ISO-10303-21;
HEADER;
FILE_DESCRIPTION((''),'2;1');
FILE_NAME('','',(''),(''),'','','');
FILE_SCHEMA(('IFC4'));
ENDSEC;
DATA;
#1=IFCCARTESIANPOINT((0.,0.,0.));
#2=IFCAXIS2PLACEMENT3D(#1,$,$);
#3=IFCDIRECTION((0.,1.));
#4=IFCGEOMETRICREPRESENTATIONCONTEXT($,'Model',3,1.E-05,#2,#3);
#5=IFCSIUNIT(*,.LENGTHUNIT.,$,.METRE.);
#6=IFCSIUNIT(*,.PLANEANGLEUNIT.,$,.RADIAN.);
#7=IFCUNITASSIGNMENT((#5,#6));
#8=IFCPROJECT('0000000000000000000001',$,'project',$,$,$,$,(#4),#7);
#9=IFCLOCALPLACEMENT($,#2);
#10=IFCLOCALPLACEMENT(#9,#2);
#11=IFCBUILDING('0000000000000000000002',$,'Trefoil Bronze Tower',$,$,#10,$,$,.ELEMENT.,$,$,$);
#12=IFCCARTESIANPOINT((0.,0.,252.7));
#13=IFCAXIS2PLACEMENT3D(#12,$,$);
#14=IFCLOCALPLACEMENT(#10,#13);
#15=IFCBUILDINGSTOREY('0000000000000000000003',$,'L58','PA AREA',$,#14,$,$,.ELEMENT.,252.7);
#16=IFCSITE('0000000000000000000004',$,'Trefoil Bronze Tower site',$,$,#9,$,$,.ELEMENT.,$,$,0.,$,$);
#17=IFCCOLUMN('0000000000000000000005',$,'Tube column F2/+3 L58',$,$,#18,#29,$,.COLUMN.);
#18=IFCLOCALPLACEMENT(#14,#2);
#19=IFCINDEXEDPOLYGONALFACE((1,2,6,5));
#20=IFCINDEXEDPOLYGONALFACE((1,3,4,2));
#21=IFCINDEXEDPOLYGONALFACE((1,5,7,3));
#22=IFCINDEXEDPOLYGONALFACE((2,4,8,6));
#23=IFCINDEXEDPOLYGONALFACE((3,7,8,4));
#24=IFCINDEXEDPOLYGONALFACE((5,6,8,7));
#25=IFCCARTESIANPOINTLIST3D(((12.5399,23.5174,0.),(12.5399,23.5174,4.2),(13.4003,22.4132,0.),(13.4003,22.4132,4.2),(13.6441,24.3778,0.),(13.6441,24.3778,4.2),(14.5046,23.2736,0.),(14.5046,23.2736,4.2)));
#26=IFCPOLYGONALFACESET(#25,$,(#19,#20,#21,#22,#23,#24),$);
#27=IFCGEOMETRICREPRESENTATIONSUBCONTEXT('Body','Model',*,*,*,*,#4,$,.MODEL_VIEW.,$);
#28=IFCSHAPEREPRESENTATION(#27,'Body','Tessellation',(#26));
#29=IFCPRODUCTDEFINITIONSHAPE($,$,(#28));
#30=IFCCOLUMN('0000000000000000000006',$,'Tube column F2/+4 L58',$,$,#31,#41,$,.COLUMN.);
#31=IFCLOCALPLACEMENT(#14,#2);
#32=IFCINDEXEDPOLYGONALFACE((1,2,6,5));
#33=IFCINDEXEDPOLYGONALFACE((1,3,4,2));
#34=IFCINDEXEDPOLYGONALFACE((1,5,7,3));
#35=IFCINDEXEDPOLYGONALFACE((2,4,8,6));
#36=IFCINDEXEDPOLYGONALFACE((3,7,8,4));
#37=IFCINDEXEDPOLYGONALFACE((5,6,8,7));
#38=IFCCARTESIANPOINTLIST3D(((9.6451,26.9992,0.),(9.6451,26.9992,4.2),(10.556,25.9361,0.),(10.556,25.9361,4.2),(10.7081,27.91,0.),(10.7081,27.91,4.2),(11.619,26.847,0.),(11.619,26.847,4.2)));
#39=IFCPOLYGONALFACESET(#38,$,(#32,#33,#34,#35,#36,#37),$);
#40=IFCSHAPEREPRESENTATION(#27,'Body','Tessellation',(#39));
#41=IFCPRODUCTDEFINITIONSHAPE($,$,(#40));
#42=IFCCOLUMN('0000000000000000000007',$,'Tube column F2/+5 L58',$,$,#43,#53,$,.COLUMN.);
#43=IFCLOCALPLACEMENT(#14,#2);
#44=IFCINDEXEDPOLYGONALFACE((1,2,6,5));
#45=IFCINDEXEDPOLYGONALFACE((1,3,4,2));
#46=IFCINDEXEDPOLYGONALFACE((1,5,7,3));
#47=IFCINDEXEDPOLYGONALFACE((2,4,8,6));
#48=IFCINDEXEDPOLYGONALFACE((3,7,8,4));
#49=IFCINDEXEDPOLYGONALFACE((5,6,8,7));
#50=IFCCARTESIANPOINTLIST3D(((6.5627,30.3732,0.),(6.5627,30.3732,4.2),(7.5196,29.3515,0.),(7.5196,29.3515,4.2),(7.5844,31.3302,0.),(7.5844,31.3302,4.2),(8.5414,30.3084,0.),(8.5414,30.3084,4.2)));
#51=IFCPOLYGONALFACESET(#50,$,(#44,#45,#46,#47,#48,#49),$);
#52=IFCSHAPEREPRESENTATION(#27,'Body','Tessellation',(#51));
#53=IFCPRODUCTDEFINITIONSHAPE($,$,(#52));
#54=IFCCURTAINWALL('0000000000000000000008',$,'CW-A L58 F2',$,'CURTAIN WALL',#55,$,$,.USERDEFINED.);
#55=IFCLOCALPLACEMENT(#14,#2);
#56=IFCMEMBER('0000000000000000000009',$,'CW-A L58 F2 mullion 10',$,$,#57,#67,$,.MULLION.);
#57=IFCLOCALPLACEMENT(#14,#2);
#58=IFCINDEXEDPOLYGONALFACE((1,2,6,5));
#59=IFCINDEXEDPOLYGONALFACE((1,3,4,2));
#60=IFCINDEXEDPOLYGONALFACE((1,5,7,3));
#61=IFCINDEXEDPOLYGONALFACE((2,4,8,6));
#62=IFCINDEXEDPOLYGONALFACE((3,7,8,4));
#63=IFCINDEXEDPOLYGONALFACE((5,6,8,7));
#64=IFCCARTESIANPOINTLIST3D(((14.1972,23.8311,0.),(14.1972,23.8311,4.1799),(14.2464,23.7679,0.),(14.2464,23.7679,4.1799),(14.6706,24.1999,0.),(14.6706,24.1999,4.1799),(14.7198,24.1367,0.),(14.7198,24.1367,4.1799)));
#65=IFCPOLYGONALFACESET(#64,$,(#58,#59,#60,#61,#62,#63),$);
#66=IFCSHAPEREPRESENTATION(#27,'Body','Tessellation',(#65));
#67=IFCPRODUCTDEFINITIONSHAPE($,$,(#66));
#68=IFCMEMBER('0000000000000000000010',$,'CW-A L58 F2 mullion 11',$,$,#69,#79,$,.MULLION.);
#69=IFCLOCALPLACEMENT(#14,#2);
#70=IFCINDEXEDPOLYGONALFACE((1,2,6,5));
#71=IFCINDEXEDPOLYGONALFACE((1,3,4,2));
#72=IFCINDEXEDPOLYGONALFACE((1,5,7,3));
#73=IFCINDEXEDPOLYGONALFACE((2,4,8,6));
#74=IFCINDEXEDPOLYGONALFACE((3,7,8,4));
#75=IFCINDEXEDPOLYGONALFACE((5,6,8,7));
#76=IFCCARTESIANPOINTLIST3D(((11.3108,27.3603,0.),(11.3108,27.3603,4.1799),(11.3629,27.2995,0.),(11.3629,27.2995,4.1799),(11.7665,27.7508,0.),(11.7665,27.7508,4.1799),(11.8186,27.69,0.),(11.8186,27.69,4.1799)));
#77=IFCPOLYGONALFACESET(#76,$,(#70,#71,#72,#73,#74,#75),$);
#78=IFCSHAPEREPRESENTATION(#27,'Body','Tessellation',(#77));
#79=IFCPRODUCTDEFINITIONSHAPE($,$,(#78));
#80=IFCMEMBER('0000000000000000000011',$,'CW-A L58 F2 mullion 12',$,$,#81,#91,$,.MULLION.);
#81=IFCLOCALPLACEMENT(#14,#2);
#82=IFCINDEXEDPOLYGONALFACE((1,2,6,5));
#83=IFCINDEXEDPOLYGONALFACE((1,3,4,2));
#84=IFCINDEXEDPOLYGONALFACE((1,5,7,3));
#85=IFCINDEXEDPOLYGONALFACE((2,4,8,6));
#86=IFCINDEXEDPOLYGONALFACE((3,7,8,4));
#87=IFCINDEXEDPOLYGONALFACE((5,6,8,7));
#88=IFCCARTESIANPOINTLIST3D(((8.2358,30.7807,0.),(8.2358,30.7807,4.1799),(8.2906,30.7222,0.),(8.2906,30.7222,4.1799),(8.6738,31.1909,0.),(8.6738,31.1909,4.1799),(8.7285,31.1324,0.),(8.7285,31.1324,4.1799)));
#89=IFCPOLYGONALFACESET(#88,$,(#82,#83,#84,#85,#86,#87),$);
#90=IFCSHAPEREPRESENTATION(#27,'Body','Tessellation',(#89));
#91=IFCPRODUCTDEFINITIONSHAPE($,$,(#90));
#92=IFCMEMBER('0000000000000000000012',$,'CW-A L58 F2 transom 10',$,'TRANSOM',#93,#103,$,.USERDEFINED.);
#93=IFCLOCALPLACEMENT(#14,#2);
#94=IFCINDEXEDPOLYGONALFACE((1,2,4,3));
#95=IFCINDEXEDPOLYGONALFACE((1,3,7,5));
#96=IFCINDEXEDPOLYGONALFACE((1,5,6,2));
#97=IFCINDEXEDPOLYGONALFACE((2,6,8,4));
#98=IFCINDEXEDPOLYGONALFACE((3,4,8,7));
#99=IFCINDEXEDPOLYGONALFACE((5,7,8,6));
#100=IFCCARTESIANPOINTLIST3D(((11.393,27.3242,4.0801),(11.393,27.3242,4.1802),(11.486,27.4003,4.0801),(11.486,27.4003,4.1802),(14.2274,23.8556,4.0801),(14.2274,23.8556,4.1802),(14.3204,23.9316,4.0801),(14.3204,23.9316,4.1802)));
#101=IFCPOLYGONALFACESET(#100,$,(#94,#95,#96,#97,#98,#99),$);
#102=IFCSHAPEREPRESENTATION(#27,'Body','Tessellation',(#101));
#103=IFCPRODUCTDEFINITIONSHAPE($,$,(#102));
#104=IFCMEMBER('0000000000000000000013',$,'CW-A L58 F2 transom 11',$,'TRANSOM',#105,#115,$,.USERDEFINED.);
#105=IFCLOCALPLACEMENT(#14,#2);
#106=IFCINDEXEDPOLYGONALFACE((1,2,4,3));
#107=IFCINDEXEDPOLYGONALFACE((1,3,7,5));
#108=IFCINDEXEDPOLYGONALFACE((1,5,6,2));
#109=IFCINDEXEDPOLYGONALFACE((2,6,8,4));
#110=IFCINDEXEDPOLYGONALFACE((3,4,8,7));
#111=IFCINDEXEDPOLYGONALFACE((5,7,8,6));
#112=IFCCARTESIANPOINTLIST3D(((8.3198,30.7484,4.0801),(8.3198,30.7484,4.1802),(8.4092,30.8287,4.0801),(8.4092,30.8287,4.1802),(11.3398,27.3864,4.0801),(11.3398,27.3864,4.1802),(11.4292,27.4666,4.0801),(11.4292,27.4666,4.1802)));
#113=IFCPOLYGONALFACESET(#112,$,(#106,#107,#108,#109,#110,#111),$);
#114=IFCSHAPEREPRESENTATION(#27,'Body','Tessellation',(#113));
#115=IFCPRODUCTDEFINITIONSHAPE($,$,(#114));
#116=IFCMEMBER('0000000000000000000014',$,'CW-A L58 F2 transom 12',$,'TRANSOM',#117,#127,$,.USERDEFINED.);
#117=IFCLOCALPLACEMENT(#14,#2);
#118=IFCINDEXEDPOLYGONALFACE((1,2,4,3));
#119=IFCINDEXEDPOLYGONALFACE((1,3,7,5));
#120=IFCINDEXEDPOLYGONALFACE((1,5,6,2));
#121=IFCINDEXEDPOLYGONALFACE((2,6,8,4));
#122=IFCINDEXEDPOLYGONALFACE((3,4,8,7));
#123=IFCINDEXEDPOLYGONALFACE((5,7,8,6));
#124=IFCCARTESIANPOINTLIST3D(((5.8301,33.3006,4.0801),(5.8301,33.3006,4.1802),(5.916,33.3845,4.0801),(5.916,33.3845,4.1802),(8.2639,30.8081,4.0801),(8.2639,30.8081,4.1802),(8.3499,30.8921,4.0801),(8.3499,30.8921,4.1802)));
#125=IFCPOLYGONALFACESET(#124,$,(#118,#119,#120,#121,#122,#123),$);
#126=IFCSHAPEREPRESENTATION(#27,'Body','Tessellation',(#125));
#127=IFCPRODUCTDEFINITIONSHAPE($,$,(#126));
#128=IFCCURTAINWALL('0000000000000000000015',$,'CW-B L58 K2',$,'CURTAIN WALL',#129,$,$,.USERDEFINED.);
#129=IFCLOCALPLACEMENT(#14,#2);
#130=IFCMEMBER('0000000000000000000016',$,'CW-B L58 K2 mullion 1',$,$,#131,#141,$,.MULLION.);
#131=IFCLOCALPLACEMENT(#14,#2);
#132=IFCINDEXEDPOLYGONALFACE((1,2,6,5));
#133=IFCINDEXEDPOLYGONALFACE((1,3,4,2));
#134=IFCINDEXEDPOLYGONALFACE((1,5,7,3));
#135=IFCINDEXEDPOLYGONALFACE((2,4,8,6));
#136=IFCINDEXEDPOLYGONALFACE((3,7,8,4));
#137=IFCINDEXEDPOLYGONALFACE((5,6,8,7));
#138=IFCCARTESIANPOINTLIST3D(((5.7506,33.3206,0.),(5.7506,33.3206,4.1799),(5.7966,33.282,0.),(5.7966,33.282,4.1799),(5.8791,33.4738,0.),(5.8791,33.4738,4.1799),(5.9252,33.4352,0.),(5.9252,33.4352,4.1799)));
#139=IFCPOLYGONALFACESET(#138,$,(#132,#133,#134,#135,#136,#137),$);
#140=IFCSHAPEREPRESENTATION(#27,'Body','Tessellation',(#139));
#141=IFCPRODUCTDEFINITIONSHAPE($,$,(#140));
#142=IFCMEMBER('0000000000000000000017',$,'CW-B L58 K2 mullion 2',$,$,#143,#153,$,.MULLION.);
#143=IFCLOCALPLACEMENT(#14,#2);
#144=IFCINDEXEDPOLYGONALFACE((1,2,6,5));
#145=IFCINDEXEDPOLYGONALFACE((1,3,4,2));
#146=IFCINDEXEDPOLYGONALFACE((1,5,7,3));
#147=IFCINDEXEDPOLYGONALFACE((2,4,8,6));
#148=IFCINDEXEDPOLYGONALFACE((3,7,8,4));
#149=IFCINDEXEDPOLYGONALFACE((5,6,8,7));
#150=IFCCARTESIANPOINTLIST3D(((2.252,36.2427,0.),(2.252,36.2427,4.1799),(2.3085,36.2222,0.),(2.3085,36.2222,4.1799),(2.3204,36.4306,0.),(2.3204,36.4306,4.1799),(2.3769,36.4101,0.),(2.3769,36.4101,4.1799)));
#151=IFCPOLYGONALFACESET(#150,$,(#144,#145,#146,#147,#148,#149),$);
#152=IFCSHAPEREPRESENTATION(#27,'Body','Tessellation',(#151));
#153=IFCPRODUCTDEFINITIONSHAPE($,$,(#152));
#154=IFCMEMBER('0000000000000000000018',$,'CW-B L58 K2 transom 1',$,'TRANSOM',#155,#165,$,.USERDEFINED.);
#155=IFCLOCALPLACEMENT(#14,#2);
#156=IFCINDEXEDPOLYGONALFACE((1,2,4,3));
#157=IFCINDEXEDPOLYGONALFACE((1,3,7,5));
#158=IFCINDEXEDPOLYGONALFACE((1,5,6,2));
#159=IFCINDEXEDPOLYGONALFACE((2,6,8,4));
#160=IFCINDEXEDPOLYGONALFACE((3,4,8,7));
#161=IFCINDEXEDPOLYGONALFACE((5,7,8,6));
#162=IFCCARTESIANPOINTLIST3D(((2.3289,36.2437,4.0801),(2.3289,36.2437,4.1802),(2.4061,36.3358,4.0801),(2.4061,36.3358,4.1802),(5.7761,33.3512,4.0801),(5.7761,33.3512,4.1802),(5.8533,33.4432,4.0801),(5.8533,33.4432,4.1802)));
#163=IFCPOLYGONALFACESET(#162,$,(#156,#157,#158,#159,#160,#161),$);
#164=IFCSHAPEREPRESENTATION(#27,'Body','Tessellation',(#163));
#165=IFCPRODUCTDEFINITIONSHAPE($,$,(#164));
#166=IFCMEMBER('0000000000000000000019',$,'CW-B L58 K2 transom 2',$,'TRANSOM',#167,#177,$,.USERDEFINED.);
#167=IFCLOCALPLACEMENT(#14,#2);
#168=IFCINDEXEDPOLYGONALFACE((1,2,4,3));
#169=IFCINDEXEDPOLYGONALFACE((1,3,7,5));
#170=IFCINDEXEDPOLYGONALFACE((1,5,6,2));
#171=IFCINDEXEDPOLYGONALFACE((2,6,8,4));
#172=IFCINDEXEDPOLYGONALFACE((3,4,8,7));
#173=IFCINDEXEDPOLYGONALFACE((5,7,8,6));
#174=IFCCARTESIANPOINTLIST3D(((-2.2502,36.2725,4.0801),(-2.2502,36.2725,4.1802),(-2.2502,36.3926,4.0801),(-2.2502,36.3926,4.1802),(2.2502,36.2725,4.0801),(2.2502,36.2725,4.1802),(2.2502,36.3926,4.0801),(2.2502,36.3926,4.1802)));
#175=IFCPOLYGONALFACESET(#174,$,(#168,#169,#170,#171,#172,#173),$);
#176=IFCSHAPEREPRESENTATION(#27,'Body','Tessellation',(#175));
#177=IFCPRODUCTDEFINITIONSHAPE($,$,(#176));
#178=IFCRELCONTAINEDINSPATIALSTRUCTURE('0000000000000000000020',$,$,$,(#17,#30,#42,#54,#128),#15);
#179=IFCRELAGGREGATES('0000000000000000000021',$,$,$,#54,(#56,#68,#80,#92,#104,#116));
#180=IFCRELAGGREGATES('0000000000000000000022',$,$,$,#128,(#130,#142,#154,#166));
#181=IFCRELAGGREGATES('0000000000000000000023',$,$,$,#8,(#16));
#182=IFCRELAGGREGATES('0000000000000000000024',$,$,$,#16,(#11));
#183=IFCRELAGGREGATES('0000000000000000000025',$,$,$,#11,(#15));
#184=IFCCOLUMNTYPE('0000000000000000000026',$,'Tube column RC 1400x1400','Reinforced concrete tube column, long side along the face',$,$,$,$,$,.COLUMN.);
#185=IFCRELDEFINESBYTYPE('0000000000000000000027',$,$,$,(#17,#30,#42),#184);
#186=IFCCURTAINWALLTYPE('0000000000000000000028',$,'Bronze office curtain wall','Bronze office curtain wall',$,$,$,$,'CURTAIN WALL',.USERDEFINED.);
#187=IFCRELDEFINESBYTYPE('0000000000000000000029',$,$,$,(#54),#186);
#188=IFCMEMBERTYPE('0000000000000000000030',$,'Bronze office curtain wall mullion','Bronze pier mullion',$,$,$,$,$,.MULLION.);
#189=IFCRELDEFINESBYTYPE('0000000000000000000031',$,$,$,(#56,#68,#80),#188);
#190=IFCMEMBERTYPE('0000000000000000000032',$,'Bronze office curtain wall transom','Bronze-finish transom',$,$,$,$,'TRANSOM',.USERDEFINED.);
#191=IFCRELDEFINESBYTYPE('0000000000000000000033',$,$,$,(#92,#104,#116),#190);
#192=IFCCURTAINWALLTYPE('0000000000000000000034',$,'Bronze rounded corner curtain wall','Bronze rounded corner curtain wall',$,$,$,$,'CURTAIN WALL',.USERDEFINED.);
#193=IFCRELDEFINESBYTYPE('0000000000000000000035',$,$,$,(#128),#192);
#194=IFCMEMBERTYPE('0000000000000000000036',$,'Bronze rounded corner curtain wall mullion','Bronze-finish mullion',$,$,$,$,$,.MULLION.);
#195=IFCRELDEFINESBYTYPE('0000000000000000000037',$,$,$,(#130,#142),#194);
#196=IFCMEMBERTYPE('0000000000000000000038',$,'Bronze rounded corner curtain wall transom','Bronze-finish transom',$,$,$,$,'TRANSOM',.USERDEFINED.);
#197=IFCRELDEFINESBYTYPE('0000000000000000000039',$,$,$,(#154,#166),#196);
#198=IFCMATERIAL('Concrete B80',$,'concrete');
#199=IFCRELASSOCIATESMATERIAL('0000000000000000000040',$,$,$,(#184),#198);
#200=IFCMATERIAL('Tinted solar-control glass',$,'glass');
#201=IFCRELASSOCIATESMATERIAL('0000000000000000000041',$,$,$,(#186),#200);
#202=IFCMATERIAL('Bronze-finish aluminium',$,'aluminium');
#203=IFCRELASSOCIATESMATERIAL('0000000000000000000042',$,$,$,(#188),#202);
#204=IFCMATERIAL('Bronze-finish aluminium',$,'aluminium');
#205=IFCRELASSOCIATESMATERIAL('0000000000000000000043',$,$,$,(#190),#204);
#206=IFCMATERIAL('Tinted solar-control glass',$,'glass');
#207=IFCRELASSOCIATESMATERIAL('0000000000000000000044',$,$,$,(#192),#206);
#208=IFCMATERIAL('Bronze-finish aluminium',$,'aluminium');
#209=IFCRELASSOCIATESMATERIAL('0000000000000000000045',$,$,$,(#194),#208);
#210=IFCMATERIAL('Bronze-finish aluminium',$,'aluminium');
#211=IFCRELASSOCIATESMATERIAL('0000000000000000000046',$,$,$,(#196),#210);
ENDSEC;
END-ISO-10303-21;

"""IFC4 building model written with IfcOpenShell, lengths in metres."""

from ifc_helpers import new_model, si_unit, direction, frame, origin, origin_2d, place, context, subcontext, project, spatial, rectangle, extrude, material, material_profile, profile_set, type_object, element, aggregate, save


model = new_model("IFC4")

# Units and contexts
model_context = context("Model", 3, precision=1e-05, world=origin(), true_north=direction((0.0, 1.0)))
body_context = subcontext(model_context, "Body", "Model", "MODEL_VIEW")
ifc_project = project(units=[si_unit("LENGTHUNIT", "METRE"), si_unit("PLANEANGLEUNIT", "RADIAN")], contexts=[model_context])

# Site, building, storey
site_placement = place(None, origin())
site = spatial("IfcSite", under=ifc_project, at=site_placement, Name="Trefoil Bronze Tower site", CompositionType="ELEMENT", RefElevation=0.0)
building_placement = place(site_placement, origin())
building = spatial("IfcBuilding", under=site, at=building_placement, Name="Trefoil Bronze Tower", CompositionType="ELEMENT")
storey_placement = place(building_placement, frame((0.0, 0.0, 252.7)))
storey = spatial("IfcBuildingStorey", under=building, at=storey_placement, Name="L58", Description="PA AREA", CompositionType="ELEMENT", Elevation=252.7)

# Columns
ifc_material_1 = material(Name="Concrete B80", Category="concrete")
ifc_material_profile_1 = material_profile(ifc_material_1, rectangle(XDim=1.3999, YDim=1.3999, at=origin_2d()), Name="RC 1400x1400")
ifc_profile_set_1 = profile_set([ifc_material_profile_1], Name="Concrete B80")
column_type = type_object("IfcColumnType", Name="Tube column RC 1400x1400", Description="Reinforced concrete tube column, long side along the face", PredefinedType="COLUMN", material=ifc_profile_set_1)
for number, where, z_axis, x_axis, name in (
    (1, (13.5222, 23.3955, 0.0), (0.0, 0.0, 1.0), (-0.614622, 0.788821, 0.0), "Tube column F2/+3 L58"),
    (2, (10.6321, 26.9231, 0.0), (0.0, 0.0, 1.0), (-0.650677, 0.759355, 0.0), "Tube column F2/+4 L58"),
    (3, (7.552, 30.3408, 0.0), (0.0, 0.0, 1.0), (-0.683597, 0.72986, 0.0), "Tube column F2/+5 L58"),
):
    element("IfcColumn", number, at=place(storey_placement, frame(where, z_axis=z_axis, x_axis=x_axis)), inside=storey, type_object=column_type, Name=name, PredefinedType="COLUMN", context=body_context, shape_type="SweptSolid", body=[
        extrude(rectangle(XDim=1.3999, YDim=1.3999, at=origin_2d()), origin(), (0.0, 0.0, 1.0), 4.2),
    ])

# Curtain walls, members
ifc_material_2 = material(Name="Tinted solar-control glass", Category="glass")
curtain_wall_type_1 = type_object("IfcCurtainWallType", Name="Bronze office curtain wall", Description="Bronze office curtain wall", ElementType="CURTAIN WALL", PredefinedType="USERDEFINED", material=ifc_material_2)
curtain_wall_1_placement = place(storey_placement, origin())
curtain_wall_1 = element("IfcCurtainWall", 4, at=curtain_wall_1_placement, inside=storey, type_object=curtain_wall_type_1, Name="CW-A L58 F2", ObjectType="CURTAIN WALL", PredefinedType="USERDEFINED")
ifc_material_3 = material(Name="Bronze-finish aluminium", Category="aluminium")
ifc_material_profile_2 = material_profile(ifc_material_3, rectangle(XDim=0.6001, YDim=0.0801, at=origin_2d()), Name="CW-A mullion")
ifc_profile_set_2 = profile_set([ifc_material_profile_2], Name="Bronze-finish aluminium")
member_type_1 = type_object("IfcMemberType", Name="Bronze office curtain wall mullion", Description="Bronze pier mullion", PredefinedType="MULLION", material=ifc_profile_set_2)
member_1_placement = place(storey_placement, frame((14.4585, 23.9839, 0.0), z_axis=(0.0, 0.0, 1.0), x_axis=(-0.788821, -0.614622, 0.0)))
member_1 = element("IfcMember", 5, at=member_1_placement, type_object=member_type_1, Name="CW-A L58 F2 mullion 10", PredefinedType="MULLION", context=body_context, shape_type="SweptSolid", body=[
    extrude(rectangle(XDim=0.6001, YDim=0.0801, at=origin_2d()), origin(), (0.0, 0.0, 1.0), 4.1799),
])
member_2_placement = place(storey_placement, frame((11.5647, 27.5251, 0.0), z_axis=(0.0, 0.0, 1.0), x_axis=(-0.759355, -0.650677, 0.0)))
member_2 = element("IfcMember", 6, at=member_2_placement, type_object=member_type_1, Name="CW-A L58 F2 mullion 11", PredefinedType="MULLION", context=body_context, shape_type="SweptSolid", body=[
    extrude(rectangle(XDim=0.6001, YDim=0.0801, at=origin_2d()), origin(), (0.0, 0.0, 1.0), 4.1799),
])
member_3_placement = place(storey_placement, frame((8.4822, 30.9565, 0.0), z_axis=(0.0, 0.0, 1.0), x_axis=(-0.72986, -0.683597, 0.0)))
member_3 = element("IfcMember", 7, at=member_3_placement, type_object=member_type_1, Name="CW-A L58 F2 mullion 12", PredefinedType="MULLION", context=body_context, shape_type="SweptSolid", body=[
    extrude(rectangle(XDim=0.6001, YDim=0.0801, at=origin_2d()), origin(), (0.0, 0.0, 1.0), 4.1799),
])
ifc_material_4 = material(Name="Bronze-finish aluminium", Category="aluminium")
ifc_material_profile_3 = material_profile(ifc_material_4, rectangle(XDim=0.1201, YDim=0.1001, at=origin_2d()), Name="CW-A transom")
ifc_profile_set_3 = profile_set([ifc_material_profile_3], Name="Bronze-finish aluminium")
member_type_2 = type_object("IfcMemberType", Name="Bronze office curtain wall transom", Description="Bronze-finish transom", ElementType="TRANSOM", PredefinedType="USERDEFINED", material=ifc_profile_set_3)
member_4_placement = place(storey_placement, frame((14.2739, 23.8936, 4.1301), z_axis=(-0.632757, 0.774351, 0.0), x_axis=(-0.774351, -0.632757, 0.0)))
member_4 = element("IfcMember", 8, at=member_4_placement, type_object=member_type_2, Name="CW-A L58 F2 transom 10", ObjectType="TRANSOM", PredefinedType="USERDEFINED", context=body_context, shape_type="SweptSolid", body=[
    extrude(rectangle(XDim=0.1201, YDim=0.1001, at=origin_2d()), origin(), (0.0, 0.0, 1.0), 4.4795),
])
member_5_placement = place(storey_placement, frame((11.3845, 27.4265, 4.1301), z_axis=(-0.668251, 0.743936, 0.0), x_axis=(-0.743936, -0.668251, 0.0)))
member_5 = element("IfcMember", 9, at=member_5_placement, type_object=member_type_2, Name="CW-A L58 F2 transom 11", ObjectType="TRANSOM", PredefinedType="USERDEFINED", context=body_context, shape_type="SweptSolid", body=[
    extrude(rectangle(XDim=0.1201, YDim=0.1001, at=origin_2d()), origin(), (0.0, 0.0, 1.0), 4.5193),
])
member_6_placement = place(storey_placement, frame((8.3069, 30.8501, 4.1301), z_axis=(-0.698647, 0.715467, 0.0), x_axis=(-0.715467, -0.698647, 0.0)))
member_6 = element("IfcMember", 10, at=member_6_placement, type_object=member_type_2, Name="CW-A L58 F2 transom 12", ObjectType="TRANSOM", PredefinedType="USERDEFINED", context=body_context, shape_type="SweptSolid", body=[
    extrude(rectangle(XDim=0.1201, YDim=0.1001, at=origin_2d()), origin(), (0.0, 0.0, 1.0), 3.4836),
])
ifc_material_5 = material(Name="Tinted solar-control glass", Category="glass")
curtain_wall_type_2 = type_object("IfcCurtainWallType", Name="Bronze rounded corner curtain wall", Description="Bronze rounded corner curtain wall", ElementType="CURTAIN WALL", PredefinedType="USERDEFINED", material=ifc_material_5)
curtain_wall_2_placement = place(storey_placement, origin())
curtain_wall_2 = element("IfcCurtainWall", 11, at=curtain_wall_2_placement, inside=storey, type_object=curtain_wall_type_2, Name="CW-B L58 K2", ObjectType="CURTAIN WALL", PredefinedType="USERDEFINED")
ifc_material_6 = material(Name="Bronze-finish aluminium", Category="aluminium")
ifc_material_profile_4 = material_profile(ifc_material_6, rectangle(XDim=0.2, YDim=0.0601, at=origin_2d()), Name="CW-B mullion")
ifc_profile_set_4 = profile_set([ifc_material_profile_4], Name="Bronze-finish aluminium")
member_type_3 = type_object("IfcMemberType", Name="Bronze rounded corner curtain wall mullion", Description="Bronze-finish mullion", PredefinedType="MULLION", material=ifc_profile_set_4)
member_7_placement = place(storey_placement, frame((5.8379, 33.3779, 0.0), z_axis=(0.0, 0.0, 1.0), x_axis=(-0.642788, -0.766044, 0.0)))
member_7 = element("IfcMember", 12, at=member_7_placement, type_object=member_type_3, Name="CW-B L58 K2 mullion 1", PredefinedType="MULLION", context=body_context, shape_type="SweptSolid", body=[
    extrude(rectangle(XDim=0.2, YDim=0.0601, at=origin_2d()), origin(), (0.0, 0.0, 1.0), 4.1799),
])
member_8_placement = place(storey_placement, frame((2.3145, 36.3264, 0.0), z_axis=(0.0, 0.0, 1.0), x_axis=(-0.34202, -0.939693, 0.0)))
member_8 = element("IfcMember", 13, at=member_8_placement, type_object=member_type_3, Name="CW-B L58 K2 mullion 2", PredefinedType="MULLION", context=body_context, shape_type="SweptSolid", body=[
    extrude(rectangle(XDim=0.2, YDim=0.0601, at=origin_2d()), origin(), (0.0, 0.0, 1.0), 4.1799),
])
ifc_material_7 = material(Name="Bronze-finish aluminium", Category="aluminium")
ifc_material_profile_5 = material_profile(ifc_material_7, rectangle(XDim=0.1201, YDim=0.1001, at=origin_2d()), Name="CW-B transom")
ifc_profile_set_5 = profile_set([ifc_material_profile_5], Name="Bronze-finish aluminium")
member_type_4 = type_object("IfcMemberType", Name="Bronze rounded corner curtain wall transom", Description="Bronze-finish transom", ElementType="TRANSOM", PredefinedType="USERDEFINED", material=ifc_profile_set_5)
member_9_placement = place(storey_placement, frame((5.8147, 33.3972, 4.1301), z_axis=(-0.766047, 0.642785, 0.0), x_axis=(-0.642785, -0.766047, 0.0)))
member_9 = element("IfcMember", 14, at=member_9_placement, type_object=member_type_4, Name="CW-B L58 K2 transom 1", ObjectType="TRANSOM", PredefinedType="USERDEFINED", context=body_context, shape_type="SweptSolid", body=[
    extrude(rectangle(XDim=0.1201, YDim=0.1001, at=origin_2d()), origin(), (0.0, 0.0, 1.0), 4.5),
])
member_10_placement = place(storey_placement, frame((2.2502, 36.3325, 4.1301), z_axis=(-1.0, 0.0, 0.0), x_axis=(0.0, -1.0, 0.0)))
member_10 = element("IfcMember", 15, at=member_10_placement, type_object=member_type_4, Name="CW-B L58 K2 transom 2", ObjectType="TRANSOM", PredefinedType="USERDEFINED", context=body_context, shape_type="SweptSolid", body=[
    extrude(rectangle(XDim=0.1201, YDim=0.1001, at=origin_2d()), origin(), (0.0, 0.0, 1.0), 4.5005),
])

aggregate(curtain_wall_1, [member_1, member_2, member_3, member_4, member_5, member_6])
aggregate(curtain_wall_2, [member_7, member_8, member_9, member_10])

save(model, "model.ifc")
